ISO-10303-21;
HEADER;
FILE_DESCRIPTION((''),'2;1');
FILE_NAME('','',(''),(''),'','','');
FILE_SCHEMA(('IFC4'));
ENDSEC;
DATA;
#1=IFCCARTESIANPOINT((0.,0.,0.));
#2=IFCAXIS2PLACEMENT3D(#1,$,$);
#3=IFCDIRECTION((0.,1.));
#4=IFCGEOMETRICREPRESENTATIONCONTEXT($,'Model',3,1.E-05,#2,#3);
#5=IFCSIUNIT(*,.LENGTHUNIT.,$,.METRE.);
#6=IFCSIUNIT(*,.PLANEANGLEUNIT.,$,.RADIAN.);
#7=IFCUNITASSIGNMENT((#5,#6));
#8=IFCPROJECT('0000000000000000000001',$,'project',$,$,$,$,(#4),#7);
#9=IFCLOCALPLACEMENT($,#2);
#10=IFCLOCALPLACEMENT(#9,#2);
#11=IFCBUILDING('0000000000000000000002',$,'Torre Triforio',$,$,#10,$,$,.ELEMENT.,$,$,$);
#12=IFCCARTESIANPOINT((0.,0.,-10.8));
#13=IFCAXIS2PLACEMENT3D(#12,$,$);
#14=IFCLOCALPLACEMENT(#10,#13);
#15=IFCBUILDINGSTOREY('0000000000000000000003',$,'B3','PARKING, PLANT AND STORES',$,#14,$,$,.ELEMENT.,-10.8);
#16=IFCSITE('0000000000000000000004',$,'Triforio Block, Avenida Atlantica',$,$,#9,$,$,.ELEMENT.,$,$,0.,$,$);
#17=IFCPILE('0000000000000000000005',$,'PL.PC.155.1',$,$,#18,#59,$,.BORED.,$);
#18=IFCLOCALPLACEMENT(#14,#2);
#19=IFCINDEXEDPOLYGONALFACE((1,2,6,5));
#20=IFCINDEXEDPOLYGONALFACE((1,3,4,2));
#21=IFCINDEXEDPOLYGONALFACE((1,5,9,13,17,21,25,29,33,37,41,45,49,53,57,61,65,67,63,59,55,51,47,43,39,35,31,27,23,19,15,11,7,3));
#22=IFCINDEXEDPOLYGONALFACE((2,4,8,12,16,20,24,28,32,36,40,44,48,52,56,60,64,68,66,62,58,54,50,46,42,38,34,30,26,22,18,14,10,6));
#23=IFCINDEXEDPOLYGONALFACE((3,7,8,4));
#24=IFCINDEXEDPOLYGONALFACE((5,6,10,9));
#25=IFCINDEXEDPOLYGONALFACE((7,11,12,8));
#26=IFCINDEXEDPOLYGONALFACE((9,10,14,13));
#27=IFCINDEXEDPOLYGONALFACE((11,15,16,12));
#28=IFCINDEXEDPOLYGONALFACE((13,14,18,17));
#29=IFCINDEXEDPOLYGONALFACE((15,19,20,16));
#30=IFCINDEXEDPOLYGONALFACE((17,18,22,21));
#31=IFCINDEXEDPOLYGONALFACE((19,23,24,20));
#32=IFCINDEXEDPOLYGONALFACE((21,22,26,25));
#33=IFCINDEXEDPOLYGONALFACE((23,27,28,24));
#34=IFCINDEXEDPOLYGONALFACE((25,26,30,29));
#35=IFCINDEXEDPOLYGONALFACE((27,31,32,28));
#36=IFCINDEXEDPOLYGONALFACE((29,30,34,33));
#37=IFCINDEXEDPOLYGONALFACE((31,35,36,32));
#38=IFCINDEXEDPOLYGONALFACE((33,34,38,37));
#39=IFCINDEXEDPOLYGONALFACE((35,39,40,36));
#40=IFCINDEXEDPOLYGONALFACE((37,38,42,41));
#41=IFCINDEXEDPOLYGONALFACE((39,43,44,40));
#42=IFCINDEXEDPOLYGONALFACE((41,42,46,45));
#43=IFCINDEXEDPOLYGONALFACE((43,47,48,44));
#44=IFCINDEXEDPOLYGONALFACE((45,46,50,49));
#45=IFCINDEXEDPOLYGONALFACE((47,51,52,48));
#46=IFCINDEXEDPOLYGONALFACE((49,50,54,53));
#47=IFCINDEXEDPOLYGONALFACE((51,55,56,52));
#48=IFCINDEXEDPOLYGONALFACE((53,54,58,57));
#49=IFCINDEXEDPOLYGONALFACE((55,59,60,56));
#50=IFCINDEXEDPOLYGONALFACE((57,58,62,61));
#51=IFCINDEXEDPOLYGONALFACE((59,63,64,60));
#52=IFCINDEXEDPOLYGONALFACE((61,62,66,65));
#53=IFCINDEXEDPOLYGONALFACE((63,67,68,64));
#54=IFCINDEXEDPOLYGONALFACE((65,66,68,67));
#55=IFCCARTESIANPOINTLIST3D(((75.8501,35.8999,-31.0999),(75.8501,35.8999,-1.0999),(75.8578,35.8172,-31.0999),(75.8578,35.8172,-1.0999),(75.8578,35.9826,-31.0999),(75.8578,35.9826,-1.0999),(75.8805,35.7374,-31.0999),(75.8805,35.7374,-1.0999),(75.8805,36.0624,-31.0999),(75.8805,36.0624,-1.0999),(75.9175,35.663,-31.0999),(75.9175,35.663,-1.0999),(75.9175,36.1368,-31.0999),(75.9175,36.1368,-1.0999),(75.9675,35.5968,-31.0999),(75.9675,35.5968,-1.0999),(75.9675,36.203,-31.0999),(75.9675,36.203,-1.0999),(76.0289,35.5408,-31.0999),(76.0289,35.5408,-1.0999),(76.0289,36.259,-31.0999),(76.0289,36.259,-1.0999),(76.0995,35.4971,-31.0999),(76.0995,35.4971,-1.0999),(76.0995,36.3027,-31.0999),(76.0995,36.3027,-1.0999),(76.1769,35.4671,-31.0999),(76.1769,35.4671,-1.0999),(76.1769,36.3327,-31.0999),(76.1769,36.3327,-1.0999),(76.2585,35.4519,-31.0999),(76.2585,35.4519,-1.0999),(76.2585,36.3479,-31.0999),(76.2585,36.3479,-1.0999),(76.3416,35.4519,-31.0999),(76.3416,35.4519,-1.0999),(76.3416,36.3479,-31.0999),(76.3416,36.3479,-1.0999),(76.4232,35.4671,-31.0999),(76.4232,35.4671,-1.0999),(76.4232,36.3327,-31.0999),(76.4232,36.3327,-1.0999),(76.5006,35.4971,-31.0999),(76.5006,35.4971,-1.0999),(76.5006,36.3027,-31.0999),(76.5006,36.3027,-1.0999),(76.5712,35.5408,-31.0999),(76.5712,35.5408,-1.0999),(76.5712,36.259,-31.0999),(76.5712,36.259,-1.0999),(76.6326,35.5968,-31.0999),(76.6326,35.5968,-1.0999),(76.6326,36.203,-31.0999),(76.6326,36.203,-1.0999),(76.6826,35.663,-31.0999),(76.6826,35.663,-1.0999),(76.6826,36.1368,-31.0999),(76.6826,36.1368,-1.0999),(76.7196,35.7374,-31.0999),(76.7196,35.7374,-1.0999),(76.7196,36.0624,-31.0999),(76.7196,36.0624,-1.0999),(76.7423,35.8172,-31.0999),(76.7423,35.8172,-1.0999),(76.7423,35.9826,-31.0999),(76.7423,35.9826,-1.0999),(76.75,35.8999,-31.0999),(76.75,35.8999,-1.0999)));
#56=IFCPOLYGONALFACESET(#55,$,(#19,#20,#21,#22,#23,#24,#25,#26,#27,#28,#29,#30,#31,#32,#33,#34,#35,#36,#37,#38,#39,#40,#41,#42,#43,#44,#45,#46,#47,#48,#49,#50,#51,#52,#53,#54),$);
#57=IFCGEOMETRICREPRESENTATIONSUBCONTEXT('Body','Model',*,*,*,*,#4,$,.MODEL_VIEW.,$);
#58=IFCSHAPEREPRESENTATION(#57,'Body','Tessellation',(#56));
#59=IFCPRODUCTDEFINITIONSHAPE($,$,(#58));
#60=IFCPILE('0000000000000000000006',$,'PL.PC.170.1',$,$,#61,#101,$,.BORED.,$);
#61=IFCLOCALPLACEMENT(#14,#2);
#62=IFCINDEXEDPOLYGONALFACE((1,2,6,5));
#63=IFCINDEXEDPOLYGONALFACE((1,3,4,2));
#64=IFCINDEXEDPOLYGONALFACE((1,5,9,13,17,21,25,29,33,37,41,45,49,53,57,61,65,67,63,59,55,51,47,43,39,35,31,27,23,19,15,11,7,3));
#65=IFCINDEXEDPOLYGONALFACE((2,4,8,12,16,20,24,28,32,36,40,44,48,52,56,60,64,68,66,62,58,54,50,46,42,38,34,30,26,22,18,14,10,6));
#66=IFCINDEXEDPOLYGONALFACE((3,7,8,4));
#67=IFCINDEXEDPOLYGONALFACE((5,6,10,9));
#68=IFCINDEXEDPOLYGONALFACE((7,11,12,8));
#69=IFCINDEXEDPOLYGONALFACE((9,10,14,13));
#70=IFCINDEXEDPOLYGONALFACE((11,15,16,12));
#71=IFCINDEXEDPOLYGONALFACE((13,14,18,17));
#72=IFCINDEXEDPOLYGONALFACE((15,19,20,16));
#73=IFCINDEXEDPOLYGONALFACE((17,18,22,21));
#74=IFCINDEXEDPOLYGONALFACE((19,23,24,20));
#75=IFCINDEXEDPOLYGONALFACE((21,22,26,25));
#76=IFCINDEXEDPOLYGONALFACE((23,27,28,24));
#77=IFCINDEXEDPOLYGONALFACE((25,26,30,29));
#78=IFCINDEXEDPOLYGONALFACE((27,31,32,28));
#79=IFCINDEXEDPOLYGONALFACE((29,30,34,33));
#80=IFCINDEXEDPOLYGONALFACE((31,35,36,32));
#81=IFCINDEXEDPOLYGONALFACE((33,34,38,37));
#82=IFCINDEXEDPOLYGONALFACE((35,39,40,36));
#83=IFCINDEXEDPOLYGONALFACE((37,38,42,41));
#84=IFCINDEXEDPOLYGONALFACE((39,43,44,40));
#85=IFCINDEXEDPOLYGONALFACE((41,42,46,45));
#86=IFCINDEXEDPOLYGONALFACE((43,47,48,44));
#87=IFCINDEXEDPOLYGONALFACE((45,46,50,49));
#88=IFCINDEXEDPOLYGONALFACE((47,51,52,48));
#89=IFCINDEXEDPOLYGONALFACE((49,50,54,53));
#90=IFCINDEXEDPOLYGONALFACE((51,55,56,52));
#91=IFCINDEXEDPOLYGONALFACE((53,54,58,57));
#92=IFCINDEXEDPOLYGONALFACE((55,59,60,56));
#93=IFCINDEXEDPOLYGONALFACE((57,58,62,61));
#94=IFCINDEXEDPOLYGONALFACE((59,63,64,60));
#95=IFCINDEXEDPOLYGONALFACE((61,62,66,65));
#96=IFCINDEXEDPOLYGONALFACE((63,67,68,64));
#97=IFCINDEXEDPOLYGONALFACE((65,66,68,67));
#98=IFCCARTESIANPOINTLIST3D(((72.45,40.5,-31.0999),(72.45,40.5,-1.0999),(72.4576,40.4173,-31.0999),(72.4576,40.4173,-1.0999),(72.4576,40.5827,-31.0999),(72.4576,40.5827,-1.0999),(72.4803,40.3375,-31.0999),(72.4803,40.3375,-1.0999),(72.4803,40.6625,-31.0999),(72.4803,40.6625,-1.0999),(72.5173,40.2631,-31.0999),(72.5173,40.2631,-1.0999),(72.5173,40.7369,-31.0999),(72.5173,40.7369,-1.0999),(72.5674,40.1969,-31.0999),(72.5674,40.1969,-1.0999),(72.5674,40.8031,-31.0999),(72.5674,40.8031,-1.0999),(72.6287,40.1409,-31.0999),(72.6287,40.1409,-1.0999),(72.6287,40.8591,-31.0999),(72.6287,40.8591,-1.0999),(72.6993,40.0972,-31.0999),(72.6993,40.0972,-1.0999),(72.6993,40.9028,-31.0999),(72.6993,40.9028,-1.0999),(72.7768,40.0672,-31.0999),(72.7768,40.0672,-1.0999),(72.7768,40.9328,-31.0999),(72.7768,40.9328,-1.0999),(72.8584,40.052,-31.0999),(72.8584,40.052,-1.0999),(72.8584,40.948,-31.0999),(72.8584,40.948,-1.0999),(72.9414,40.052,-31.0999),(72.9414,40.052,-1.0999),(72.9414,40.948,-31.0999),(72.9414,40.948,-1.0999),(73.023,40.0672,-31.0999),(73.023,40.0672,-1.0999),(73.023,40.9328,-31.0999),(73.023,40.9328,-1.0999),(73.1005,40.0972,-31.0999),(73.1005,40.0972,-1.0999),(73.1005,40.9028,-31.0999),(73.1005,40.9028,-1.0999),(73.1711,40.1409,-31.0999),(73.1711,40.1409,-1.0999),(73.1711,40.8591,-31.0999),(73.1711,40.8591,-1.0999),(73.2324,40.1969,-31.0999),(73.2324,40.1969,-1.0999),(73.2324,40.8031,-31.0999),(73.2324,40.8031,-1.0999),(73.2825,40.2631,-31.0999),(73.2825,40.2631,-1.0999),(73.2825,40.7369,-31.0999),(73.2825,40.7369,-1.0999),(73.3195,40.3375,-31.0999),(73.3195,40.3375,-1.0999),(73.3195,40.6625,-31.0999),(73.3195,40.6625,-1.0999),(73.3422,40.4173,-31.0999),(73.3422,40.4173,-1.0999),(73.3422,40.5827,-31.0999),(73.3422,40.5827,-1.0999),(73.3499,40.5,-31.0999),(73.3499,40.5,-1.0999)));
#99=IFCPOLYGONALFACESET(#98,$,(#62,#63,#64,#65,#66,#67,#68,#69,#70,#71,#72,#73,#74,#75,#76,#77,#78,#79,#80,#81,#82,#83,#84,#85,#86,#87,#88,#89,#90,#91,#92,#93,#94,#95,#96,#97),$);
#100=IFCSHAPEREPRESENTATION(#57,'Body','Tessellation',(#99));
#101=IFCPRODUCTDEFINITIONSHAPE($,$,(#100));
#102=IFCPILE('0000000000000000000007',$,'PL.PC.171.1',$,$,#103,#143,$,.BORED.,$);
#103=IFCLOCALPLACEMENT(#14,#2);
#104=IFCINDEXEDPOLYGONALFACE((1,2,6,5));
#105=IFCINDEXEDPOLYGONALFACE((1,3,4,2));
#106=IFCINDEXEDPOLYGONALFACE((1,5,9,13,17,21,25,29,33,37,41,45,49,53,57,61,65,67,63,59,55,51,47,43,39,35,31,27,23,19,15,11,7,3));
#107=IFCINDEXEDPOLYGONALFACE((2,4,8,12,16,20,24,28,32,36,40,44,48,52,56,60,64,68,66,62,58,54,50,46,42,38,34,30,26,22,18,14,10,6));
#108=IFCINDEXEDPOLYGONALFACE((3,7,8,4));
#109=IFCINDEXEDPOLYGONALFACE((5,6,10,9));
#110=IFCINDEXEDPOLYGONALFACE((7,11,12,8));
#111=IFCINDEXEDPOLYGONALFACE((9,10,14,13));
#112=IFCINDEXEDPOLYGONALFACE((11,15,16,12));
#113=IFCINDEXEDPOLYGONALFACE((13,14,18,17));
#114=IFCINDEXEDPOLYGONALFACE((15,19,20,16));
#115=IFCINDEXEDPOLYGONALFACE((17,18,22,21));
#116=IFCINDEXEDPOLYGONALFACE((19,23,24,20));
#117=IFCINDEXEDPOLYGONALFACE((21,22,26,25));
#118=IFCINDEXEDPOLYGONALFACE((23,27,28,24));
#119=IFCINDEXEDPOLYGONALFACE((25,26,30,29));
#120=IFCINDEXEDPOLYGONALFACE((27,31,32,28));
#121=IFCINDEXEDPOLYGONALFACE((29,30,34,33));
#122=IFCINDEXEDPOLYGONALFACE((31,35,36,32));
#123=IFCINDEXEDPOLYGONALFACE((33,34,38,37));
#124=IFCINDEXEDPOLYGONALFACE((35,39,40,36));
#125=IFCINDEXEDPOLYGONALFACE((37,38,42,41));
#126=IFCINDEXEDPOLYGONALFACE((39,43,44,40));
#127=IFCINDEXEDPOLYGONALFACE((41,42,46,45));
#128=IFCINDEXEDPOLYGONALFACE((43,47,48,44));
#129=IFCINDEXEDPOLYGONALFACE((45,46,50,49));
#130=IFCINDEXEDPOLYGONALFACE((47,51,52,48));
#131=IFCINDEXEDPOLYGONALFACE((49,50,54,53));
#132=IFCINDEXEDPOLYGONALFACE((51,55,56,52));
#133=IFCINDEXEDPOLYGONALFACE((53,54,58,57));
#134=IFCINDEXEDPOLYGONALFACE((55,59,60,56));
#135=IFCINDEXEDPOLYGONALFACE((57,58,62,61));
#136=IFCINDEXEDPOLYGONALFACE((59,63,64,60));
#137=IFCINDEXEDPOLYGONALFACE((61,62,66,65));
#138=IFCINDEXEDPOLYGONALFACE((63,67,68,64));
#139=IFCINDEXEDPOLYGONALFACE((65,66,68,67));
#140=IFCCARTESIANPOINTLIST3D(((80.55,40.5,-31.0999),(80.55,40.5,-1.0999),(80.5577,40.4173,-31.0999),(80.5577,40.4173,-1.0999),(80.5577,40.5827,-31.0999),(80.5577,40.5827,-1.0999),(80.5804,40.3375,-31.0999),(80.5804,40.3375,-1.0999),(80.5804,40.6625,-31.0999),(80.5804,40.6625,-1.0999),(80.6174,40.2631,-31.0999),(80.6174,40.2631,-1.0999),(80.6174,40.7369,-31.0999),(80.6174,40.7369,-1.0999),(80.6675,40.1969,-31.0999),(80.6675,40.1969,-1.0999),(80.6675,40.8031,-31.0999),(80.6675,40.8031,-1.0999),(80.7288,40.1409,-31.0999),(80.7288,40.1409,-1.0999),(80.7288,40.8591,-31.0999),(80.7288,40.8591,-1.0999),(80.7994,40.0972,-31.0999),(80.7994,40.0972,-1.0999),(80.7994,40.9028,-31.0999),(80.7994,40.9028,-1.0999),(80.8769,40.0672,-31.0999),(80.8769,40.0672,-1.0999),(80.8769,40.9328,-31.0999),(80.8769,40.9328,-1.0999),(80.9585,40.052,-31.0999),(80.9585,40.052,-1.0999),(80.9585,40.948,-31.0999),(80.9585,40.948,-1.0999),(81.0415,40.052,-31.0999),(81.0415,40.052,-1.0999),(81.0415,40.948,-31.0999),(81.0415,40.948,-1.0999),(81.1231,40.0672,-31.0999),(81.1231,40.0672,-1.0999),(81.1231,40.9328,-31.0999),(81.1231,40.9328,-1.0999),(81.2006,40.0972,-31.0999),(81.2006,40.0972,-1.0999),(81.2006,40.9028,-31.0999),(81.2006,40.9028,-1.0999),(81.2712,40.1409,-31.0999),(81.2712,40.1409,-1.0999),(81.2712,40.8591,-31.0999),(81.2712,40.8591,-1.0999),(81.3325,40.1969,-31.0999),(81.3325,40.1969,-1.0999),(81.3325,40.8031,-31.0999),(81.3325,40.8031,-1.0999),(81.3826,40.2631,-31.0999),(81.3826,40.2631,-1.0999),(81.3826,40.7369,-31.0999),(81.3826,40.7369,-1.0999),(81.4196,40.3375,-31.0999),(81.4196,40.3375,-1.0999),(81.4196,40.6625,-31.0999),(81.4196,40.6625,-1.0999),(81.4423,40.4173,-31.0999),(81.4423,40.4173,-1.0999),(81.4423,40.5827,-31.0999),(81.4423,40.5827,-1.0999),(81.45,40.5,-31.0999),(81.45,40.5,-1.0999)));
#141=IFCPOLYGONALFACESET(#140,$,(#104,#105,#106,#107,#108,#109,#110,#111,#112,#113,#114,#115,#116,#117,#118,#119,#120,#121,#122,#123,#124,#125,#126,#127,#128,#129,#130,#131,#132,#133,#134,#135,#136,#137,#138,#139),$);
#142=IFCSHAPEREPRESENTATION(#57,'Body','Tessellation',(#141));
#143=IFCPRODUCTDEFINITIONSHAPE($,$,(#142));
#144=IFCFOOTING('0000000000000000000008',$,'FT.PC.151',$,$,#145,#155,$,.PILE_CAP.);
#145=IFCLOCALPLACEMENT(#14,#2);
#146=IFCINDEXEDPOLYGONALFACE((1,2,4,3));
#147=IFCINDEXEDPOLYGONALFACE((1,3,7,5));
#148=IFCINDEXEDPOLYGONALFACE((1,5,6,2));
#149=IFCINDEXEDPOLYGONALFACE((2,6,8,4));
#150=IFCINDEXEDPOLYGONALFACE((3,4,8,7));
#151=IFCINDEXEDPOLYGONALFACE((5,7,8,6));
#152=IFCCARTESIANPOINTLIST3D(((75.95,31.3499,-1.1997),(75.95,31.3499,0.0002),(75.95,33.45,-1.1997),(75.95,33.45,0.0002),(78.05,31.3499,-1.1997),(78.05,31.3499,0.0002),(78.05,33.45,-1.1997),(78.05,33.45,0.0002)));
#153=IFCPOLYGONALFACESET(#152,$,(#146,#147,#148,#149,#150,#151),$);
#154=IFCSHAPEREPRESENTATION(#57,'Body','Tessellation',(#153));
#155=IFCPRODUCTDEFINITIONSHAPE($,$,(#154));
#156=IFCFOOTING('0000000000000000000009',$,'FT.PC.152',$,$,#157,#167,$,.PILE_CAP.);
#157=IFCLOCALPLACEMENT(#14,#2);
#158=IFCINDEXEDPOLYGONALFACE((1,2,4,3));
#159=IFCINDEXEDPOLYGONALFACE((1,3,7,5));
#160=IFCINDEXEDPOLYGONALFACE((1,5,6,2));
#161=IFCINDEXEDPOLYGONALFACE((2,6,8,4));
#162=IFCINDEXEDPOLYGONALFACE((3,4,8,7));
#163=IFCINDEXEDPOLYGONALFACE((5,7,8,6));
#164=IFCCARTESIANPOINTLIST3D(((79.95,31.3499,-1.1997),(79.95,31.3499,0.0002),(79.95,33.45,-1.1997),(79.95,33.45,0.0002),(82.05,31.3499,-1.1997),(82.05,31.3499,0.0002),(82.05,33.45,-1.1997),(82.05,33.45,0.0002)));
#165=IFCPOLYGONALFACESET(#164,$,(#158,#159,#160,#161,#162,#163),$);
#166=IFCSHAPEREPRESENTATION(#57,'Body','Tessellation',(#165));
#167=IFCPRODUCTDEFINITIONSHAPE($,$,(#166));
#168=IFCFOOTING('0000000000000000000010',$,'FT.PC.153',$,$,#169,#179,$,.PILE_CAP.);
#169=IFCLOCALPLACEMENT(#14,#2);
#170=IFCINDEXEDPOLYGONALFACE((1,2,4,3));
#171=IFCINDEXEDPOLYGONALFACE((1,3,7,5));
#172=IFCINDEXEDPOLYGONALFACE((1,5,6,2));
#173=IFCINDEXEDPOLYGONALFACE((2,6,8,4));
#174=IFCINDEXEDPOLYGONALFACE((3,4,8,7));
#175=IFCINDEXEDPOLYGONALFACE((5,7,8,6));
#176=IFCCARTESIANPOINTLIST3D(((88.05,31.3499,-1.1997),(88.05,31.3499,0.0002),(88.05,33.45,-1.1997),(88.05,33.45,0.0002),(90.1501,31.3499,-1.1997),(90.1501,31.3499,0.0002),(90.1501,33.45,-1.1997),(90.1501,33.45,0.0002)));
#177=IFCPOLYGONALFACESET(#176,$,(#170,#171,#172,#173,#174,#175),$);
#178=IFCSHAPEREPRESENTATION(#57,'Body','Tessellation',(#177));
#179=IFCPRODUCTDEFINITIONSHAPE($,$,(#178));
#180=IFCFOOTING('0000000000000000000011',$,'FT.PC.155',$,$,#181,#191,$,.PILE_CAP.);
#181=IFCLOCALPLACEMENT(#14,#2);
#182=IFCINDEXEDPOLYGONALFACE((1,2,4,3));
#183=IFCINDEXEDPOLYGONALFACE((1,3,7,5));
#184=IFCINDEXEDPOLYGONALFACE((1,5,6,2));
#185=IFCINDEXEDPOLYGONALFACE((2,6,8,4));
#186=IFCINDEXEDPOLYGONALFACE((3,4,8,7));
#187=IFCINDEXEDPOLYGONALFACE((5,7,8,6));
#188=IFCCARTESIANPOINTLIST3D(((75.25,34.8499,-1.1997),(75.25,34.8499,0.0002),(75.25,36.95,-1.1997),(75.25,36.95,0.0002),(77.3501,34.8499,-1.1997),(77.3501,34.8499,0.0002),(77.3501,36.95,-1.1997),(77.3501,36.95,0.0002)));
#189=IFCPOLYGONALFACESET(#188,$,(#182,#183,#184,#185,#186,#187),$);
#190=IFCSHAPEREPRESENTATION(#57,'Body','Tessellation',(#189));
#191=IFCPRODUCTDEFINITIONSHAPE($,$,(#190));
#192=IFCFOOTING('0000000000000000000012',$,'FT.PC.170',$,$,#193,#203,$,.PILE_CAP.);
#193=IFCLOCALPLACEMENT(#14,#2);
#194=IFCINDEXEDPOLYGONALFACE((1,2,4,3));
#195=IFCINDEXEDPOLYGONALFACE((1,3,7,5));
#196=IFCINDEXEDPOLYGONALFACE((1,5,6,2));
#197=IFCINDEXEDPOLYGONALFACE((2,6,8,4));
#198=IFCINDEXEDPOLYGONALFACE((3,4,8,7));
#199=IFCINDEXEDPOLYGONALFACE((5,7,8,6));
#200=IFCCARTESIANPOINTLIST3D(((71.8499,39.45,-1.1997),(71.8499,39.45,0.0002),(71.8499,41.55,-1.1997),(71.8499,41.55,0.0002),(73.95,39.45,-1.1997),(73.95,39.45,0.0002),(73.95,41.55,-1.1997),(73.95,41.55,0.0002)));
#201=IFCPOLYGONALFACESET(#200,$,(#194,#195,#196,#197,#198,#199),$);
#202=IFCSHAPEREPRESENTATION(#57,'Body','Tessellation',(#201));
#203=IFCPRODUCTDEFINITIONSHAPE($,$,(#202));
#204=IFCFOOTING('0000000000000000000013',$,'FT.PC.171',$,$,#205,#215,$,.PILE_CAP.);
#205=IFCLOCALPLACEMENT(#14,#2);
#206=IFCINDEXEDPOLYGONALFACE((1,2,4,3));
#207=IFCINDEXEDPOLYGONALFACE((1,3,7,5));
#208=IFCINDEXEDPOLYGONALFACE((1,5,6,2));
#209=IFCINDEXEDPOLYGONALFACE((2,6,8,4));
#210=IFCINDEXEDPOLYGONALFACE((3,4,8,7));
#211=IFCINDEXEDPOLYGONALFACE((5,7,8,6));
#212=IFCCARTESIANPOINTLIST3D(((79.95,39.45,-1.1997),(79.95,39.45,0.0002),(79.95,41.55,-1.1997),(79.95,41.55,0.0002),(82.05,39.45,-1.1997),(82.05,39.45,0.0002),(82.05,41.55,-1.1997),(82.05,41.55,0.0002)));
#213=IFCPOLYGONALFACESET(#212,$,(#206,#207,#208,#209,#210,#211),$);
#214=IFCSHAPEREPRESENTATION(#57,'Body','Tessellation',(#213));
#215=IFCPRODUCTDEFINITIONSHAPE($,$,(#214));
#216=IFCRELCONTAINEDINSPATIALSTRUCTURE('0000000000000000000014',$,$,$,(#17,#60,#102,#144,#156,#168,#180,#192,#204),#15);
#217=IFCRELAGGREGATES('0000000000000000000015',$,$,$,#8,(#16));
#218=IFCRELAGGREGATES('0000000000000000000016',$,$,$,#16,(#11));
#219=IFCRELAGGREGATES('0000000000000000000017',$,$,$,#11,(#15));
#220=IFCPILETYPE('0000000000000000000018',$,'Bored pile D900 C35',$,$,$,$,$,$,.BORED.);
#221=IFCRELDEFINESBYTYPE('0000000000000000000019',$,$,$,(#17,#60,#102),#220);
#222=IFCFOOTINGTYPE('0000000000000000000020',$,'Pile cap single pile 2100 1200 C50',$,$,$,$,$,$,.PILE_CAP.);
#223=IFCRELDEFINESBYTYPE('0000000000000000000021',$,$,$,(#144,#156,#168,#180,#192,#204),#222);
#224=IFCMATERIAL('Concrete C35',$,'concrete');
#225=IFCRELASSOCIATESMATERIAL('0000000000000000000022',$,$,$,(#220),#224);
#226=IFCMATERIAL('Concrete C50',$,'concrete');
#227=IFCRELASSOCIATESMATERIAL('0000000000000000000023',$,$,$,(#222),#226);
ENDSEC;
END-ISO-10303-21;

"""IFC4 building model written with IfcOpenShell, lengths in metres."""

from ifc_helpers import new_model, si_unit, direction, frame, origin, origin_2d, place, context, subcontext, project, spatial, rectangle, circle, extrude, material, material_profile, profile_set, type_object, element, save


model = new_model("IFC4")

# Units and contexts
model_context = context("Model", 3, precision=1e-05, world=origin(), true_north=direction((0.0, 1.0)))
body_context = subcontext(model_context, "Body", "Model", "MODEL_VIEW")
ifc_project = project(units=[si_unit("LENGTHUNIT", "METRE"), si_unit("PLANEANGLEUNIT", "RADIAN")], contexts=[model_context])

# Site, building, storey
site_placement = place(None, origin())
site = spatial("IfcSite", under=ifc_project, at=site_placement, Name="Triforio Block, Avenida Atlantica", CompositionType="ELEMENT", RefElevation=0.0)
building_placement = place(site_placement, origin())
building = spatial("IfcBuilding", under=site, at=building_placement, Name="Torre Triforio", CompositionType="ELEMENT")
storey_placement = place(building_placement, frame((0.0, 0.0, -10.8)))
storey = spatial("IfcBuildingStorey", under=building, at=storey_placement, Name="B3", Description="PARKING, PLANT AND STORES", CompositionType="ELEMENT", Elevation=-10.8)

# Piles
ifc_material_1 = material(Name="Concrete C35", Category="concrete")
ifc_material_profile_1 = material_profile(ifc_material_1, circle(Radius=0.45, at=origin_2d()), Name="RC D900")
ifc_profile_set_1 = profile_set([ifc_material_profile_1], Name="Concrete C35")
pile_type = type_object("IfcPileType", Name="Bored pile D900 C35", PredefinedType="BORED", material=ifc_profile_set_1)
for number, where, z_axis, x_axis, name in (
    (1, (76.3, 35.8999, -1.0999), (0.0, 0.0, -1.0), (1.0, 0.0, 0.0), "PL.PC.155.1"),
    (2, (72.8999, 40.5, -1.0999), (0.0, 0.0, -1.0), (1.0, 0.0, 0.0), "PL.PC.170.1"),
    (3, (81.0, 40.5, -1.0999), (0.0, 0.0, -1.0), (1.0, 0.0, 0.0), "PL.PC.171.1"),
):
    element("IfcPile", number, at=place(storey_placement, frame(where, z_axis=z_axis, x_axis=x_axis)), inside=storey, type_object=pile_type, Name=name, PredefinedType="BORED", context=body_context, shape_type="SweptSolid", body=[
        extrude(circle(Radius=0.45, at=origin_2d()), origin(), (0.0, 0.0, 1.0), 30.0),
    ])

# Footings
ifc_material_2 = material(Name="Concrete C50", Category="concrete")
footing_type = type_object("IfcFootingType", Name="Pile cap single pile 2100 1200 C50", PredefinedType="PILE_CAP", material=ifc_material_2)
for number, where, z_axis, x_axis, name in (
    (4, (77.0, 32.3999, -1.1997), (0.0, 0.0, 1.0), (1.0, 0.0, 0.0), "FT.PC.151"),
    (5, (81.0, 32.3999, -1.1997), (0.0, 0.0, 1.0), (1.0, 0.0, 0.0), "FT.PC.152"),
    (6, (89.1001, 32.3999, -1.1997), (0.0, 0.0, 1.0), (1.0, 0.0, 0.0), "FT.PC.153"),
    (7, (76.3, 35.8999, -1.1997), (0.0, 0.0, 1.0), (1.0, 0.0, 0.0), "FT.PC.155"),
    (8, (72.8999, 40.5, -1.1997), (0.0, 0.0, 1.0), (1.0, 0.0, 0.0), "FT.PC.170"),
    (9, (81.0, 40.5, -1.1997), (0.0, 0.0, 1.0), (1.0, 0.0, 0.0), "FT.PC.171"),
):
    element("IfcFooting", number, at=place(storey_placement, frame(where, z_axis=z_axis, x_axis=x_axis)), inside=storey, type_object=footing_type, Name=name, PredefinedType="PILE_CAP", context=body_context, shape_type="SweptSolid", body=[
        extrude(rectangle(XDim=2.1001, YDim=2.1001, at=origin_2d()), origin(), (0.0, 0.0, 1.0), 1.2),
    ])

save(model, "model.ifc")
